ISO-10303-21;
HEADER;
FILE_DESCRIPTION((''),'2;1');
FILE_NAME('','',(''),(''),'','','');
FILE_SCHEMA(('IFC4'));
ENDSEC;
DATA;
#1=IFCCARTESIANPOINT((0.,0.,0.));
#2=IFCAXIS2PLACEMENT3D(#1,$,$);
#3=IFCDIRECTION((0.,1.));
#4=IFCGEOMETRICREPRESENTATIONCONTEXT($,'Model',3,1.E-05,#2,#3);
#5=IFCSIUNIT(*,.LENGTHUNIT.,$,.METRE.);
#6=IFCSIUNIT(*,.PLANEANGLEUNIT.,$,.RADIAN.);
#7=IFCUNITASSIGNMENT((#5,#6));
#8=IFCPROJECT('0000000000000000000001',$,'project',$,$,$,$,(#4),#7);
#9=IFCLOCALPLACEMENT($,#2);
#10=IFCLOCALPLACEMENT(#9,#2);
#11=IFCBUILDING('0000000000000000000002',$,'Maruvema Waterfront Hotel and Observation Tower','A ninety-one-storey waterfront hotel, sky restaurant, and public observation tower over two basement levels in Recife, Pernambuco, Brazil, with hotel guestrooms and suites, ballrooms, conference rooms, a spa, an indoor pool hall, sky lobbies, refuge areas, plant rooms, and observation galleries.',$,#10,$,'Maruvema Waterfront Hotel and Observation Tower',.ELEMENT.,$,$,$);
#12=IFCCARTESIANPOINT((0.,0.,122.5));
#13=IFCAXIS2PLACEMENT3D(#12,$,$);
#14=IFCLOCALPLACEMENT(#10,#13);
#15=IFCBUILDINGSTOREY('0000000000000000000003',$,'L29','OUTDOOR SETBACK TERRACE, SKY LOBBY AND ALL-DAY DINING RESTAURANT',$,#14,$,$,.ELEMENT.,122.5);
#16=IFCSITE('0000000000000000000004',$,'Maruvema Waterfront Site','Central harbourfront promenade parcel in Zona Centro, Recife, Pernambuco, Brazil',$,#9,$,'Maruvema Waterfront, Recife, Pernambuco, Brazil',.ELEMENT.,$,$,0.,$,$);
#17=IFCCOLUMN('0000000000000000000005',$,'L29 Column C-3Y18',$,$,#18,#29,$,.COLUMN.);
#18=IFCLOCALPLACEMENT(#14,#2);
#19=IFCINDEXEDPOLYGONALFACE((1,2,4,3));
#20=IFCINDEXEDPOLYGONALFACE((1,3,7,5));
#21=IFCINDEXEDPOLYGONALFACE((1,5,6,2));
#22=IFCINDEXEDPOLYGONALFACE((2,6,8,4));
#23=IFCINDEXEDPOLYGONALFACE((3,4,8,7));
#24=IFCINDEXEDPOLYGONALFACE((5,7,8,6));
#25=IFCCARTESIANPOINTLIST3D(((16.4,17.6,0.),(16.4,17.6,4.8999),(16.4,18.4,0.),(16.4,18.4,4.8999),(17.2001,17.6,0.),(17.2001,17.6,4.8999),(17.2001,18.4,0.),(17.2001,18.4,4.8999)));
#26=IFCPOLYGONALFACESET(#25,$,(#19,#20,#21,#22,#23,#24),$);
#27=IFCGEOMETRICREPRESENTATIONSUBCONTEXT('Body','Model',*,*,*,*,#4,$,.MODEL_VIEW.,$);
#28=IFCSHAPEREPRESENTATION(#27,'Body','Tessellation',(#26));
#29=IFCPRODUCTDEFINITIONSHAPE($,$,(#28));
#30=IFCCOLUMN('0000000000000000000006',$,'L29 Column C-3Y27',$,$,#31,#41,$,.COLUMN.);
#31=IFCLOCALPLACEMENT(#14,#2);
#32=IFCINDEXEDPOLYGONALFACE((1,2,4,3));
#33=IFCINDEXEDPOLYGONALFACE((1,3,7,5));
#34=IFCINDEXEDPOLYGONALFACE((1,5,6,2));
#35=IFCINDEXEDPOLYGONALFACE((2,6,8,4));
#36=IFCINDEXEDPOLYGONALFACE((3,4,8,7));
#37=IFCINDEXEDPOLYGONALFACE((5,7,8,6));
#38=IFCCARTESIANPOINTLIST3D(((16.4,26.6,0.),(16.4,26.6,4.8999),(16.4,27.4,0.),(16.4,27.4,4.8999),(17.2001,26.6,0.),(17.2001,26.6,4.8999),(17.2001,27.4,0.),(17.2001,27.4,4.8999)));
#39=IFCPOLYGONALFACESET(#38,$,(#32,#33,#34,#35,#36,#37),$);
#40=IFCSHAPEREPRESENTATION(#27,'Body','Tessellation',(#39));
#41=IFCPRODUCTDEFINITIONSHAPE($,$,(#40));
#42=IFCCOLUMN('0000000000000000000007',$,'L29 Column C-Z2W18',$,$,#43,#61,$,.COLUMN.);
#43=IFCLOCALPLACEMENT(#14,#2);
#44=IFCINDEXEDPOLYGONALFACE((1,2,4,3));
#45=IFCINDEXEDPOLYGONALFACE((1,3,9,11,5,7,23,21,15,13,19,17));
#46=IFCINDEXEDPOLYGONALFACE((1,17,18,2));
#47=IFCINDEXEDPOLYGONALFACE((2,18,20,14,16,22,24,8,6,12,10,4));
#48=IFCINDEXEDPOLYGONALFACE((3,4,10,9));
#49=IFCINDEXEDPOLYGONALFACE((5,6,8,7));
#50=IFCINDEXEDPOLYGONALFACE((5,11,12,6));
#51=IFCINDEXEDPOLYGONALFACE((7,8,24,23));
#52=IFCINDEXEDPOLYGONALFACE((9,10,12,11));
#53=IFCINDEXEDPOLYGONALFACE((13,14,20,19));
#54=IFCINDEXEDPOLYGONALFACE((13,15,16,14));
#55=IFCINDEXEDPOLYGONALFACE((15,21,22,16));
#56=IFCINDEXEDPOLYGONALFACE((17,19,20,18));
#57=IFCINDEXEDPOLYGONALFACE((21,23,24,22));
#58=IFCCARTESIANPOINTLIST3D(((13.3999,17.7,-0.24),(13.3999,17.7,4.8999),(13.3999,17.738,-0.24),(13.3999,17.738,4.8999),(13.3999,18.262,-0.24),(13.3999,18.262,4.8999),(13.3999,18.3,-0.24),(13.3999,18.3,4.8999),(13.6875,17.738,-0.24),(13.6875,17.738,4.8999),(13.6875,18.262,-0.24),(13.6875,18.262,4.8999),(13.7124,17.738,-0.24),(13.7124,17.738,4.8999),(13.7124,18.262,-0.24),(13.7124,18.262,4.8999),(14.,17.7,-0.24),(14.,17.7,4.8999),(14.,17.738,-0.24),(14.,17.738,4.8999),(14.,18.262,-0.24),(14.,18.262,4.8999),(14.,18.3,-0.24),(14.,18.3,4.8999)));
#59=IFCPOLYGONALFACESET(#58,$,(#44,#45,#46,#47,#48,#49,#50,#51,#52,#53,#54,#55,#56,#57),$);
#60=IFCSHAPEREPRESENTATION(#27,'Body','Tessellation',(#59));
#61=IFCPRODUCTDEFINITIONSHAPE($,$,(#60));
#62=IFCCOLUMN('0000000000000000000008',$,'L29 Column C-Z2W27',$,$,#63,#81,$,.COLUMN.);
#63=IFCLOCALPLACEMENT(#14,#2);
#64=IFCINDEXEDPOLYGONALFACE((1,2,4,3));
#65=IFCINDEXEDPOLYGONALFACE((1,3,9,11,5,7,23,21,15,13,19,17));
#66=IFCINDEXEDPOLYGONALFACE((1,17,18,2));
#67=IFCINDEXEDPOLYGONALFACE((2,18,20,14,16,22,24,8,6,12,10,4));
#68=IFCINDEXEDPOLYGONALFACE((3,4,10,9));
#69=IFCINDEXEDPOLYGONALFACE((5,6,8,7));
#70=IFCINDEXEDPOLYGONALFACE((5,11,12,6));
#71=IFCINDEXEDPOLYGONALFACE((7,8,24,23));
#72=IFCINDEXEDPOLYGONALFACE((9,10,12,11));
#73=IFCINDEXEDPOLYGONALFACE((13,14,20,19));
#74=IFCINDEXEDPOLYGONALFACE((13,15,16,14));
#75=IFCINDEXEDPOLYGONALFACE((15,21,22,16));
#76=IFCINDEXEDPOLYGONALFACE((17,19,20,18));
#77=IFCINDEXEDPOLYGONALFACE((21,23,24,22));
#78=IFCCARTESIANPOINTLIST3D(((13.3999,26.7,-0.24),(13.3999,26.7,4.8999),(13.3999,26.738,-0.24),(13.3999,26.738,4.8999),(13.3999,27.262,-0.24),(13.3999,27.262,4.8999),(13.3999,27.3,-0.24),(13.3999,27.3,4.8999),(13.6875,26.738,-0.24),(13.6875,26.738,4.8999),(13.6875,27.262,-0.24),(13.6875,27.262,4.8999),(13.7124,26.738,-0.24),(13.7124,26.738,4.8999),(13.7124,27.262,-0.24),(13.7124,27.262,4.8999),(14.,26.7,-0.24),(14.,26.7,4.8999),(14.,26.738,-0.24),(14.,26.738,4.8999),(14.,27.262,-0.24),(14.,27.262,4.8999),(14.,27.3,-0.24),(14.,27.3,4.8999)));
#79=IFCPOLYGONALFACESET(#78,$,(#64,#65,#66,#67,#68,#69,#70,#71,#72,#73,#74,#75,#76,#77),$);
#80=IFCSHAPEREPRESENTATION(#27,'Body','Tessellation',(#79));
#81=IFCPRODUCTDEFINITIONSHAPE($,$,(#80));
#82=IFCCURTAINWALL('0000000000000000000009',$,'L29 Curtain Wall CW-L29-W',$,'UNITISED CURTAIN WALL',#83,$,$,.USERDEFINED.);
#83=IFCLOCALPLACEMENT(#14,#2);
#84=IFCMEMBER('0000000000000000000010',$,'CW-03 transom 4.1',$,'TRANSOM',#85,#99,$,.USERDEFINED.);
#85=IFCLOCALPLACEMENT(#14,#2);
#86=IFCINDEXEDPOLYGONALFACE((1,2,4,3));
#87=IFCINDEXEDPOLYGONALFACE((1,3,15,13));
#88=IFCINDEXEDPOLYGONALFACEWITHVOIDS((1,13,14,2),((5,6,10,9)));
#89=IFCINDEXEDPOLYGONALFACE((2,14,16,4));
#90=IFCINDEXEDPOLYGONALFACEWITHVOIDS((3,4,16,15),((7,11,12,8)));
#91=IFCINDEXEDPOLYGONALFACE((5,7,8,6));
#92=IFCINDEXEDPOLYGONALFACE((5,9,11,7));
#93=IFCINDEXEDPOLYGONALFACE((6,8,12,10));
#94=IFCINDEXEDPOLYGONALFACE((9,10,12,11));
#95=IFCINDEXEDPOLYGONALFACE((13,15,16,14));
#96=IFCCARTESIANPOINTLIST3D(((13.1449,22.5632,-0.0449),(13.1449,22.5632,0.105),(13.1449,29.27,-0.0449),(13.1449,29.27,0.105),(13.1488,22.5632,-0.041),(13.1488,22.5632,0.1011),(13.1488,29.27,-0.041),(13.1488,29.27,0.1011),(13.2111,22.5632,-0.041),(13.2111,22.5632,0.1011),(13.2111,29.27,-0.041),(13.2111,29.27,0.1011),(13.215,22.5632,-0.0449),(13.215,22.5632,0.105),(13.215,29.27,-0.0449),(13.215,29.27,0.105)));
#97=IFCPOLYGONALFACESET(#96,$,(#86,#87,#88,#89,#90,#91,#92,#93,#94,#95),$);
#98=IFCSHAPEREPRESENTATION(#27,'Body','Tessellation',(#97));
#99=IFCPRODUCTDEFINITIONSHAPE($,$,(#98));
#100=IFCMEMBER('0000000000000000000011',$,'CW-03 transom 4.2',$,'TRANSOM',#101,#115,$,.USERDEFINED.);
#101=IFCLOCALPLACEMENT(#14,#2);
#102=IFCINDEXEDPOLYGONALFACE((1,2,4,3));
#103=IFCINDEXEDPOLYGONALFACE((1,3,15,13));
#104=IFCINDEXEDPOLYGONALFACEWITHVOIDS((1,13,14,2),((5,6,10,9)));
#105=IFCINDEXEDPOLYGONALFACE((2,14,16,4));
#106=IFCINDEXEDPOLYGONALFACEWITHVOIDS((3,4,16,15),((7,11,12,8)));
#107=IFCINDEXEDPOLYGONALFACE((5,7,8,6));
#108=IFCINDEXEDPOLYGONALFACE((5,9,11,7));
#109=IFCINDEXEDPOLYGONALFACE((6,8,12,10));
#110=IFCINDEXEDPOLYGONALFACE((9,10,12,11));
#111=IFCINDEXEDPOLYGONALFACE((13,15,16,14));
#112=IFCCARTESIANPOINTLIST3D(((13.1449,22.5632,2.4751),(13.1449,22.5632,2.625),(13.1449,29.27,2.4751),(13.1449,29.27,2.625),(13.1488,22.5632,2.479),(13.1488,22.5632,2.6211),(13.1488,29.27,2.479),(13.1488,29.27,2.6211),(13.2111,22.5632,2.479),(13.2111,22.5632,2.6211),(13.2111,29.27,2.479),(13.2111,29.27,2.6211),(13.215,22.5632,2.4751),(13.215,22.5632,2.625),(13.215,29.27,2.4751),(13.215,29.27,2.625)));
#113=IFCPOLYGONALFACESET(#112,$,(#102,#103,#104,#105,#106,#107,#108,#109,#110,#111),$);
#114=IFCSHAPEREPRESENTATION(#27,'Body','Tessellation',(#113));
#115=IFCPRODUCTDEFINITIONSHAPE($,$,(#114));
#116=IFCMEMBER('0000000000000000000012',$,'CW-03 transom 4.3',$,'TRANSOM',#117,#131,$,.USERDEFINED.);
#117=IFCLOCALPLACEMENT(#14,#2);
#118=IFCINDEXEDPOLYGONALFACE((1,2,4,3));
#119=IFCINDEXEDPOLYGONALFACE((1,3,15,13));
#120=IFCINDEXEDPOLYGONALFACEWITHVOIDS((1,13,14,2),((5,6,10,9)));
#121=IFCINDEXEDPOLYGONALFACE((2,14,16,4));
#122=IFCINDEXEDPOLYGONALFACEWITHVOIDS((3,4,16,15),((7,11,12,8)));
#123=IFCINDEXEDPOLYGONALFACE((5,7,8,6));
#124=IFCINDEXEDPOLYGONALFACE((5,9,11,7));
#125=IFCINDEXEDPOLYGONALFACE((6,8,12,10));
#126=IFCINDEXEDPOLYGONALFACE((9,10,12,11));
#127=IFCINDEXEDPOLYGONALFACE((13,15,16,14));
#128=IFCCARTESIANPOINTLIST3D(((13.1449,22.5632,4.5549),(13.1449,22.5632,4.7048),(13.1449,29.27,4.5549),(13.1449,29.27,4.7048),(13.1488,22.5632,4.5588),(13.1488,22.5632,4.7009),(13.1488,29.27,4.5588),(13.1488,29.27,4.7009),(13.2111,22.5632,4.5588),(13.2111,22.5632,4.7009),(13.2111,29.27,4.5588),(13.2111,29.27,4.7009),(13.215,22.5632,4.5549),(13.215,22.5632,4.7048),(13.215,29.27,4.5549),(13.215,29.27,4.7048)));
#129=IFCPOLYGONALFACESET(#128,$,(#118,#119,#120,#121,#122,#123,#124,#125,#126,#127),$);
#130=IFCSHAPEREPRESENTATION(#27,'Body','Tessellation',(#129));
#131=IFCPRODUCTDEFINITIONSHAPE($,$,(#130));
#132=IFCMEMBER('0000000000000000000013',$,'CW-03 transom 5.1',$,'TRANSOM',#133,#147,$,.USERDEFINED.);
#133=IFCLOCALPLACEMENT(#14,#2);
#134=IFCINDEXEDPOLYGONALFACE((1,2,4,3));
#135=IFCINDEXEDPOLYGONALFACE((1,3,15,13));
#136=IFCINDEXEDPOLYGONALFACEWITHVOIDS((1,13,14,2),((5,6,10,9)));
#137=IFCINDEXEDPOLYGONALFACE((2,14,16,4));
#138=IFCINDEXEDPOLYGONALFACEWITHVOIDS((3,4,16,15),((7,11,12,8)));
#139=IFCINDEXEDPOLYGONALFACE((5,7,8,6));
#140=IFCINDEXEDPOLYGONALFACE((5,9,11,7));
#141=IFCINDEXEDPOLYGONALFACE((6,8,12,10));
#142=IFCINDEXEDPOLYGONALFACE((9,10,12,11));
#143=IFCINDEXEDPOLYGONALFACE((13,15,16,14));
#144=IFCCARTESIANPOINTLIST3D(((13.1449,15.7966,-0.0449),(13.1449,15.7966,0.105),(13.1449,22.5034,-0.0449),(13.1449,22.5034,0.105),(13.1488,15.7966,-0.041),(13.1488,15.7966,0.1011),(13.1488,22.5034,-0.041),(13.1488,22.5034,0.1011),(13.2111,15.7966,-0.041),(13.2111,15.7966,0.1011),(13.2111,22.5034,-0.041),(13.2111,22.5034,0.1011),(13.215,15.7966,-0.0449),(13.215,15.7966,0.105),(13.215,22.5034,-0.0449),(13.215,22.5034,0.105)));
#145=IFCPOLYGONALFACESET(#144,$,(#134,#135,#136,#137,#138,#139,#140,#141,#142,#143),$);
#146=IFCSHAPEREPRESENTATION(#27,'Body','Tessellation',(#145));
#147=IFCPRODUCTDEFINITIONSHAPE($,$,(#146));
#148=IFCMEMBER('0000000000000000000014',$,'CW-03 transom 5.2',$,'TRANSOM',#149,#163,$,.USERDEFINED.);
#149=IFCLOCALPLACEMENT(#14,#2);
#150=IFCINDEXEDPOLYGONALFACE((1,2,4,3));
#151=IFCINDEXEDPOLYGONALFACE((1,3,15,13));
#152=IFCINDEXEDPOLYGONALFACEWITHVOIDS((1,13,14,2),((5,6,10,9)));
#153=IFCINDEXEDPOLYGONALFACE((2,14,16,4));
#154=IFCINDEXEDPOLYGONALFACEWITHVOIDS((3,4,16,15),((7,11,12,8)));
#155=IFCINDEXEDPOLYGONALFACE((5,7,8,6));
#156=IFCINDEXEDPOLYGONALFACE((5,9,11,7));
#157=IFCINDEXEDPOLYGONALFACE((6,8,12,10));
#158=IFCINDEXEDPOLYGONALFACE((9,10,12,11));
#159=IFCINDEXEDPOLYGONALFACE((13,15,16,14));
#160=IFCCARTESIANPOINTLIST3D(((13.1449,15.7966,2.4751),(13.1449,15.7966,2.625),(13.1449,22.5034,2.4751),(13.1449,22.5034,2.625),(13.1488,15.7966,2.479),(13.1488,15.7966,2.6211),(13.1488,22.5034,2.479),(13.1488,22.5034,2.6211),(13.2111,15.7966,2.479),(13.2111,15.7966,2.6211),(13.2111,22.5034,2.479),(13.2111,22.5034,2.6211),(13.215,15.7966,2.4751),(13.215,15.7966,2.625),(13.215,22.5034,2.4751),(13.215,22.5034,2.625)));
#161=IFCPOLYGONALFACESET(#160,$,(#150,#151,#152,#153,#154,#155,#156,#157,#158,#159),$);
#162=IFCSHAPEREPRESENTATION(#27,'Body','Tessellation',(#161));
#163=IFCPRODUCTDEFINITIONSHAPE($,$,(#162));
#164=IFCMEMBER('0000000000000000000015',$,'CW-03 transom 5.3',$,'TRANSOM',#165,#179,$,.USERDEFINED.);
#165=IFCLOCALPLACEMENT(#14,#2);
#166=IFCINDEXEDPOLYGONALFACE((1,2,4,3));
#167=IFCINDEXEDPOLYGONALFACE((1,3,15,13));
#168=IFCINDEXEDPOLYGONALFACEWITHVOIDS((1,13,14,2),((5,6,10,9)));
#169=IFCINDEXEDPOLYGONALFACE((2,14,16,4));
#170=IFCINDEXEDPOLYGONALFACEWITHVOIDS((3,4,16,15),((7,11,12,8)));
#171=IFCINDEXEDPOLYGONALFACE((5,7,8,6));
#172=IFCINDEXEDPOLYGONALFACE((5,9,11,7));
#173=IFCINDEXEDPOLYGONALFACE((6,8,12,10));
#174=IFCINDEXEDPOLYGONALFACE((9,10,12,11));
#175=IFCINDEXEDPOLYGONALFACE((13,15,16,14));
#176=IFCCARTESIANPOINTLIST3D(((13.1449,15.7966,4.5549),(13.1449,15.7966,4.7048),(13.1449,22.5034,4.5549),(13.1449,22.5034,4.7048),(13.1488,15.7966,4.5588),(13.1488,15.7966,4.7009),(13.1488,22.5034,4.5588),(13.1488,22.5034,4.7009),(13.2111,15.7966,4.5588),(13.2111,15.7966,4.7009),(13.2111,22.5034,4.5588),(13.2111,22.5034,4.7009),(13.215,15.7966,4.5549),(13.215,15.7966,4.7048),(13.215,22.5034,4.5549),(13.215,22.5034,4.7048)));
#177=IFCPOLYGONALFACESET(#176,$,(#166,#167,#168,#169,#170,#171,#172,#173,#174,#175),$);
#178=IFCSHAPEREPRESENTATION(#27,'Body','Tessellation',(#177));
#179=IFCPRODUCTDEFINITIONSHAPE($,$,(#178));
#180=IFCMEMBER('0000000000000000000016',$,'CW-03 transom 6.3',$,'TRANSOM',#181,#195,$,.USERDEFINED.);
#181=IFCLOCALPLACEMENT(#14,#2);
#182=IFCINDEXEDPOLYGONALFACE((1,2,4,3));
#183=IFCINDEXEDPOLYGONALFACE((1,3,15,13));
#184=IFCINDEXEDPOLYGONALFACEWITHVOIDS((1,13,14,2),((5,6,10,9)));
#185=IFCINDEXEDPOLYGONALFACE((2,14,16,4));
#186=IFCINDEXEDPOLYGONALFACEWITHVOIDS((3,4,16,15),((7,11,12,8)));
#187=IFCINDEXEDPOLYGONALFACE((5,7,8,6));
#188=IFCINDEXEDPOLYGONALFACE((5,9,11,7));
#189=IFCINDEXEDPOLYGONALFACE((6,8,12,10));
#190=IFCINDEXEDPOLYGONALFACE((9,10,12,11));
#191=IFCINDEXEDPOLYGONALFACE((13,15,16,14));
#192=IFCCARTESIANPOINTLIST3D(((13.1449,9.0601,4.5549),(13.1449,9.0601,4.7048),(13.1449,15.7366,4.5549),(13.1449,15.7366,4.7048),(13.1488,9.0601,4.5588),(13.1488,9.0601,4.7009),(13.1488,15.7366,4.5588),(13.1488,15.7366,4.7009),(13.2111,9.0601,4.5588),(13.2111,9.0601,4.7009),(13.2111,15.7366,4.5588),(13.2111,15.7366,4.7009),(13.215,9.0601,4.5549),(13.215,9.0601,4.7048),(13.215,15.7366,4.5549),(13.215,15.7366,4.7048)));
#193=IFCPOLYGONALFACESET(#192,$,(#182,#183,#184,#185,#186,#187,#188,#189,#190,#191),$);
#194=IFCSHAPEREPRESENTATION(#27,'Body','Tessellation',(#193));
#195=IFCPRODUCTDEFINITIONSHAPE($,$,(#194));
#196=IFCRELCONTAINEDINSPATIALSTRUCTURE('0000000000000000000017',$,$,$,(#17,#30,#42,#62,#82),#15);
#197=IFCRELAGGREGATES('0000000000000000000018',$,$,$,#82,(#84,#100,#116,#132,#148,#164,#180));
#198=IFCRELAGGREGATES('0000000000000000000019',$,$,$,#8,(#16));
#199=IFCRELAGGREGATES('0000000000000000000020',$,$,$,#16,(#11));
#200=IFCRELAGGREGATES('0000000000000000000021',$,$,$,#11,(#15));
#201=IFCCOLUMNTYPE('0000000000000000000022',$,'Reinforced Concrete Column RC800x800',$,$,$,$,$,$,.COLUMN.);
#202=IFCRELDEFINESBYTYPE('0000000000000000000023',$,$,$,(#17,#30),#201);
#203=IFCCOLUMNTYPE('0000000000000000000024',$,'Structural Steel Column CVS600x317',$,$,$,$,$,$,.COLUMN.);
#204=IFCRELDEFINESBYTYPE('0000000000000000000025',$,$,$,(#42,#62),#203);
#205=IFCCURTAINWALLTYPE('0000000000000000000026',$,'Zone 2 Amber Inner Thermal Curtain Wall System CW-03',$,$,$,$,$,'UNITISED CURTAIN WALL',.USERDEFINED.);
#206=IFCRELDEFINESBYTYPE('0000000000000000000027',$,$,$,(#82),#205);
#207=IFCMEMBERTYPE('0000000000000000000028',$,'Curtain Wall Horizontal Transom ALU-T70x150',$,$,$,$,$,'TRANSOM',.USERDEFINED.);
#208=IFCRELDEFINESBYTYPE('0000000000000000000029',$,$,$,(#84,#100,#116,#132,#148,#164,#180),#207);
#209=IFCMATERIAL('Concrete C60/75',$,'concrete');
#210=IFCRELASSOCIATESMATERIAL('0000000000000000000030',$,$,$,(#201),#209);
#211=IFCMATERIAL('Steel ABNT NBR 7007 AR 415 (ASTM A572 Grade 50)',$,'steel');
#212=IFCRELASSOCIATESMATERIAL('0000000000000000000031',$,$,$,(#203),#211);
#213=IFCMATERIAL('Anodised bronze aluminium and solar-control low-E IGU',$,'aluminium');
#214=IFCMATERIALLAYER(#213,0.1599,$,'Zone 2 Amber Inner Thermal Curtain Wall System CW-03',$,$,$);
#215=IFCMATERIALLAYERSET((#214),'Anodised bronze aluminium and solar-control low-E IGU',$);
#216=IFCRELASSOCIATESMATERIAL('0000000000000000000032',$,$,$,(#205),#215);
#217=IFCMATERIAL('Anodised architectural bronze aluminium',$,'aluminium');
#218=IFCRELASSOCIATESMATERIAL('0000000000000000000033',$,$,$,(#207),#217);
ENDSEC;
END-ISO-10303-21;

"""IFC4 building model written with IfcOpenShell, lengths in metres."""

from ifc_helpers import new_model, si_unit, direction, frame, origin, origin_2d, place, context, subcontext, project, spatial, rectangle, hollow_rectangle, i_section, extrude, material, layer, layer_set, material_profile, profile_set, type_object, element, aggregate, save


model = new_model("IFC4")

# Units and contexts
model_context = context("Model", 3, precision=1e-05, world=origin(), true_north=direction((0.0, 1.0)))
body_context = subcontext(model_context, "Body", "Model", "MODEL_VIEW")
ifc_project = project(units=[si_unit("LENGTHUNIT", "METRE"), si_unit("PLANEANGLEUNIT", "RADIAN")], contexts=[model_context])

# Site, building, storey
site_placement = place(None, origin())
site = spatial("IfcSite", under=ifc_project, at=site_placement, Name="Maruvema Waterfront Site", Description="Central harbourfront promenade parcel in Zona Centro, Recife, Pernambuco, Brazil", LongName="Maruvema Waterfront, Recife, Pernambuco, Brazil", CompositionType="ELEMENT", RefElevation=0.0)
building_placement = place(site_placement, origin())
building = spatial("IfcBuilding", under=site, at=building_placement, Name="Maruvema Waterfront Hotel and Observation Tower", Description="A ninety-one-storey waterfront hotel, sky restaurant, and public observation tower over two basement levels in Recife, Pernambuco, Brazil, with hotel guestrooms and suites, ballrooms, conference rooms, a spa, an indoor pool hall, sky lobbies, refuge areas, plant rooms, and observation galleries.", LongName="Maruvema Waterfront Hotel and Observation Tower", CompositionType="ELEMENT")
storey_placement = place(building_placement, frame((0.0, 0.0, 122.5)))
storey = spatial("IfcBuildingStorey", under=building, at=storey_placement, Name="L29", Description="OUTDOOR SETBACK TERRACE, SKY LOBBY AND ALL-DAY DINING RESTAURANT", CompositionType="ELEMENT", Elevation=122.5)

# Columns
ifc_material_1 = material(Name="Concrete C60/75", Category="concrete")
ifc_material_profile_1 = material_profile(ifc_material_1, rectangle(XDim=0.8, YDim=0.8, at=origin_2d()), Name="RC800x800")
ifc_profile_set_1 = profile_set([ifc_material_profile_1], Name="Concrete C60/75")
column_type_1 = type_object("IfcColumnType", Name="Reinforced Concrete Column RC800x800", PredefinedType="COLUMN", material=ifc_profile_set_1)
for number, where, z_axis, x_axis, name in (
    (1, (16.8, 18.0, 0.0), (0.0, 0.0, 1.0), (1.0, 0.0, 0.0), "L29 Column C-3Y18"),
    (2, (16.8, 27.0, 0.0), (0.0, 0.0, 1.0), (1.0, 0.0, 0.0), "L29 Column C-3Y27"),
):
    element("IfcColumn", number, at=place(storey_placement, frame(where, z_axis=z_axis, x_axis=x_axis)), inside=storey, type_object=column_type_1, Name=name, PredefinedType="COLUMN", context=body_context, shape_type="SweptSolid", body=[
        extrude(rectangle(XDim=0.8, YDim=0.8, at=origin_2d()), origin(), (0.0, 0.0, 1.0), 4.8999),
    ])
ifc_material_2 = material(Name="Steel ABNT NBR 7007 AR 415 (ASTM A572 Grade 50)", Category="steel")
ifc_material_profile_2 = material_profile(ifc_material_2, i_section(OverallWidth=0.6001, OverallDepth=0.6001, WebThickness=0.0249, FlangeThickness=0.0381, at=origin_2d()), Name="CVS600x317")
ifc_profile_set_2 = profile_set([ifc_material_profile_2], Name="Steel ABNT NBR 7007 AR 415 (ASTM A572 Grade 50)")
column_type_2 = type_object("IfcColumnType", Name="Structural Steel Column CVS600x317", PredefinedType="COLUMN", material=ifc_profile_set_2)
for number, where, z_axis, x_axis, name in (
    (3, (13.7, 18.0, -0.24), (0.0, 0.0, 1.0), (1.0, 0.0, 0.0), "L29 Column C-Z2W18"),
    (4, (13.7, 27.0, -0.24), (0.0, 0.0, 1.0), (1.0, 0.0, 0.0), "L29 Column C-Z2W27"),
):
    element("IfcColumn", number, at=place(storey_placement, frame(where, z_axis=z_axis, x_axis=x_axis)), inside=storey, type_object=column_type_2, Name=name, PredefinedType="COLUMN", context=body_context, shape_type="SweptSolid", body=[
        extrude(i_section(OverallWidth=0.6001, OverallDepth=0.6001, WebThickness=0.0249, FlangeThickness=0.0381, at=origin_2d()), origin(), (0.0, 0.0, 1.0), 5.1399),
    ])

# Curtain wall, members
ifc_material_3 = material(Name="Anodised bronze aluminium and solar-control low-E IGU", Category="aluminium")
ifc_layer_1 = layer(ifc_material_3, 0.1599, Name="Zone 2 Amber Inner Thermal Curtain Wall System CW-03")
ifc_layer_set_1 = layer_set([ifc_layer_1], Name="Anodised bronze aluminium and solar-control low-E IGU")
curtain_wall_type = type_object("IfcCurtainWallType", Name="Zone 2 Amber Inner Thermal Curtain Wall System CW-03", ElementType="UNITISED CURTAIN WALL", PredefinedType="USERDEFINED", material=ifc_layer_set_1)
curtain_wall_placement = place(storey_placement, origin())
curtain_wall = element("IfcCurtainWall", 5, at=curtain_wall_placement, inside=storey, type_object=curtain_wall_type, Name="L29 Curtain Wall CW-L29-W", ObjectType="UNITISED CURTAIN WALL", PredefinedType="USERDEFINED")
ifc_material_4 = material(Name="Anodised architectural bronze aluminium", Category="aluminium")
ifc_material_profile_3 = material_profile(ifc_material_4, hollow_rectangle(XDim=0.0701, YDim=0.1499, WallThickness=0.0039, at=origin_2d()), Name="ALU-T70x150")
ifc_profile_set_3 = profile_set([ifc_material_profile_3], Name="Anodised architectural bronze aluminium")
member_type_1 = type_object("IfcMemberType", Name="Curtain Wall Horizontal Transom ALU-T70x150", ElementType="TRANSOM", PredefinedType="USERDEFINED", material=ifc_profile_set_3)
member_1_placement = place(storey_placement, frame((13.1799, 29.27, 0.03), z_axis=(0.0, -1.0, 0.0), x_axis=(1.0, 0.0, 0.0)))
member_1 = element("IfcMember", 6, at=member_1_placement, type_object=member_type_1, Name="CW-03 transom 4.1", ObjectType="TRANSOM", PredefinedType="USERDEFINED", context=body_context, shape_type="SweptSolid", body=[
    extrude(hollow_rectangle(XDim=0.0701, YDim=0.1499, WallThickness=0.0039, at=origin_2d()), origin(), (0.0, 0.0, 1.0), 6.7068),
])
member_2_placement = place(storey_placement, frame((13.1799, 29.27, 2.55), z_axis=(0.0, -1.0, 0.0), x_axis=(1.0, 0.0, 0.0)))
member_2 = element("IfcMember", 7, at=member_2_placement, type_object=member_type_1, Name="CW-03 transom 4.2", ObjectType="TRANSOM", PredefinedType="USERDEFINED", context=body_context, shape_type="SweptSolid", body=[
    extrude(hollow_rectangle(XDim=0.0701, YDim=0.1499, WallThickness=0.0039, at=origin_2d()), origin(), (0.0, 0.0, 1.0), 6.7068),
])
member_3_placement = place(storey_placement, frame((13.1799, 29.27, 4.6299), z_axis=(0.0, -1.0, 0.0), x_axis=(1.0, 0.0, 0.0)))
member_3 = element("IfcMember", 8, at=member_3_placement, type_object=member_type_1, Name="CW-03 transom 4.3", ObjectType="TRANSOM", PredefinedType="USERDEFINED", context=body_context, shape_type="SweptSolid", body=[
    extrude(hollow_rectangle(XDim=0.0701, YDim=0.1499, WallThickness=0.0039, at=origin_2d()), origin(), (0.0, 0.0, 1.0), 6.7068),
])
member_4_placement = place(storey_placement, frame((13.1799, 22.5034, 0.03), z_axis=(0.0, -1.0, 0.0), x_axis=(1.0, 0.0, 0.0)))
member_4 = element("IfcMember", 9, at=member_4_placement, type_object=member_type_1, Name="CW-03 transom 5.1", ObjectType="TRANSOM", PredefinedType="USERDEFINED", context=body_context, shape_type="SweptSolid", body=[
    extrude(hollow_rectangle(XDim=0.0701, YDim=0.1499, WallThickness=0.0039, at=origin_2d()), origin(), (0.0, 0.0, 1.0), 6.7068),
])
member_5_placement = place(storey_placement, frame((13.1799, 22.5034, 2.55), z_axis=(0.0, -1.0, 0.0), x_axis=(1.0, 0.0, 0.0)))
member_5 = element("IfcMember", 10, at=member_5_placement, type_object=member_type_1, Name="CW-03 transom 5.2", ObjectType="TRANSOM", PredefinedType="USERDEFINED", context=body_context, shape_type="SweptSolid", body=[
    extrude(hollow_rectangle(XDim=0.0701, YDim=0.1499, WallThickness=0.0039, at=origin_2d()), origin(), (0.0, 0.0, 1.0), 6.7068),
])
member_6_placement = place(storey_placement, frame((13.1799, 22.5034, 4.6299), z_axis=(0.0, -1.0, 0.0), x_axis=(1.0, 0.0, 0.0)))
member_6 = element("IfcMember", 11, at=member_6_placement, type_object=member_type_1, Name="CW-03 transom 5.3", ObjectType="TRANSOM", PredefinedType="USERDEFINED", context=body_context, shape_type="SweptSolid", body=[
    extrude(hollow_rectangle(XDim=0.0701, YDim=0.1499, WallThickness=0.0039, at=origin_2d()), origin(), (0.0, 0.0, 1.0), 6.7068),
])
member_7_placement = place(storey_placement, frame((13.1799, 15.7366, 4.6299), z_axis=(0.0, -1.0, 0.0), x_axis=(1.0, 0.0, 0.0)))
member_7 = element("IfcMember", 12, at=member_7_placement, type_object=member_type_1, Name="CW-03 transom 6.3", ObjectType="TRANSOM", PredefinedType="USERDEFINED", context=body_context, shape_type="SweptSolid", body=[
    extrude(hollow_rectangle(XDim=0.0701, YDim=0.1499, WallThickness=0.0039, at=origin_2d()), origin(), (0.0, 0.0, 1.0), 6.6765),
])

aggregate(curtain_wall, [member_1, member_2, member_3, member_4, member_5, member_6, member_7])

save(model, "model.ifc")
